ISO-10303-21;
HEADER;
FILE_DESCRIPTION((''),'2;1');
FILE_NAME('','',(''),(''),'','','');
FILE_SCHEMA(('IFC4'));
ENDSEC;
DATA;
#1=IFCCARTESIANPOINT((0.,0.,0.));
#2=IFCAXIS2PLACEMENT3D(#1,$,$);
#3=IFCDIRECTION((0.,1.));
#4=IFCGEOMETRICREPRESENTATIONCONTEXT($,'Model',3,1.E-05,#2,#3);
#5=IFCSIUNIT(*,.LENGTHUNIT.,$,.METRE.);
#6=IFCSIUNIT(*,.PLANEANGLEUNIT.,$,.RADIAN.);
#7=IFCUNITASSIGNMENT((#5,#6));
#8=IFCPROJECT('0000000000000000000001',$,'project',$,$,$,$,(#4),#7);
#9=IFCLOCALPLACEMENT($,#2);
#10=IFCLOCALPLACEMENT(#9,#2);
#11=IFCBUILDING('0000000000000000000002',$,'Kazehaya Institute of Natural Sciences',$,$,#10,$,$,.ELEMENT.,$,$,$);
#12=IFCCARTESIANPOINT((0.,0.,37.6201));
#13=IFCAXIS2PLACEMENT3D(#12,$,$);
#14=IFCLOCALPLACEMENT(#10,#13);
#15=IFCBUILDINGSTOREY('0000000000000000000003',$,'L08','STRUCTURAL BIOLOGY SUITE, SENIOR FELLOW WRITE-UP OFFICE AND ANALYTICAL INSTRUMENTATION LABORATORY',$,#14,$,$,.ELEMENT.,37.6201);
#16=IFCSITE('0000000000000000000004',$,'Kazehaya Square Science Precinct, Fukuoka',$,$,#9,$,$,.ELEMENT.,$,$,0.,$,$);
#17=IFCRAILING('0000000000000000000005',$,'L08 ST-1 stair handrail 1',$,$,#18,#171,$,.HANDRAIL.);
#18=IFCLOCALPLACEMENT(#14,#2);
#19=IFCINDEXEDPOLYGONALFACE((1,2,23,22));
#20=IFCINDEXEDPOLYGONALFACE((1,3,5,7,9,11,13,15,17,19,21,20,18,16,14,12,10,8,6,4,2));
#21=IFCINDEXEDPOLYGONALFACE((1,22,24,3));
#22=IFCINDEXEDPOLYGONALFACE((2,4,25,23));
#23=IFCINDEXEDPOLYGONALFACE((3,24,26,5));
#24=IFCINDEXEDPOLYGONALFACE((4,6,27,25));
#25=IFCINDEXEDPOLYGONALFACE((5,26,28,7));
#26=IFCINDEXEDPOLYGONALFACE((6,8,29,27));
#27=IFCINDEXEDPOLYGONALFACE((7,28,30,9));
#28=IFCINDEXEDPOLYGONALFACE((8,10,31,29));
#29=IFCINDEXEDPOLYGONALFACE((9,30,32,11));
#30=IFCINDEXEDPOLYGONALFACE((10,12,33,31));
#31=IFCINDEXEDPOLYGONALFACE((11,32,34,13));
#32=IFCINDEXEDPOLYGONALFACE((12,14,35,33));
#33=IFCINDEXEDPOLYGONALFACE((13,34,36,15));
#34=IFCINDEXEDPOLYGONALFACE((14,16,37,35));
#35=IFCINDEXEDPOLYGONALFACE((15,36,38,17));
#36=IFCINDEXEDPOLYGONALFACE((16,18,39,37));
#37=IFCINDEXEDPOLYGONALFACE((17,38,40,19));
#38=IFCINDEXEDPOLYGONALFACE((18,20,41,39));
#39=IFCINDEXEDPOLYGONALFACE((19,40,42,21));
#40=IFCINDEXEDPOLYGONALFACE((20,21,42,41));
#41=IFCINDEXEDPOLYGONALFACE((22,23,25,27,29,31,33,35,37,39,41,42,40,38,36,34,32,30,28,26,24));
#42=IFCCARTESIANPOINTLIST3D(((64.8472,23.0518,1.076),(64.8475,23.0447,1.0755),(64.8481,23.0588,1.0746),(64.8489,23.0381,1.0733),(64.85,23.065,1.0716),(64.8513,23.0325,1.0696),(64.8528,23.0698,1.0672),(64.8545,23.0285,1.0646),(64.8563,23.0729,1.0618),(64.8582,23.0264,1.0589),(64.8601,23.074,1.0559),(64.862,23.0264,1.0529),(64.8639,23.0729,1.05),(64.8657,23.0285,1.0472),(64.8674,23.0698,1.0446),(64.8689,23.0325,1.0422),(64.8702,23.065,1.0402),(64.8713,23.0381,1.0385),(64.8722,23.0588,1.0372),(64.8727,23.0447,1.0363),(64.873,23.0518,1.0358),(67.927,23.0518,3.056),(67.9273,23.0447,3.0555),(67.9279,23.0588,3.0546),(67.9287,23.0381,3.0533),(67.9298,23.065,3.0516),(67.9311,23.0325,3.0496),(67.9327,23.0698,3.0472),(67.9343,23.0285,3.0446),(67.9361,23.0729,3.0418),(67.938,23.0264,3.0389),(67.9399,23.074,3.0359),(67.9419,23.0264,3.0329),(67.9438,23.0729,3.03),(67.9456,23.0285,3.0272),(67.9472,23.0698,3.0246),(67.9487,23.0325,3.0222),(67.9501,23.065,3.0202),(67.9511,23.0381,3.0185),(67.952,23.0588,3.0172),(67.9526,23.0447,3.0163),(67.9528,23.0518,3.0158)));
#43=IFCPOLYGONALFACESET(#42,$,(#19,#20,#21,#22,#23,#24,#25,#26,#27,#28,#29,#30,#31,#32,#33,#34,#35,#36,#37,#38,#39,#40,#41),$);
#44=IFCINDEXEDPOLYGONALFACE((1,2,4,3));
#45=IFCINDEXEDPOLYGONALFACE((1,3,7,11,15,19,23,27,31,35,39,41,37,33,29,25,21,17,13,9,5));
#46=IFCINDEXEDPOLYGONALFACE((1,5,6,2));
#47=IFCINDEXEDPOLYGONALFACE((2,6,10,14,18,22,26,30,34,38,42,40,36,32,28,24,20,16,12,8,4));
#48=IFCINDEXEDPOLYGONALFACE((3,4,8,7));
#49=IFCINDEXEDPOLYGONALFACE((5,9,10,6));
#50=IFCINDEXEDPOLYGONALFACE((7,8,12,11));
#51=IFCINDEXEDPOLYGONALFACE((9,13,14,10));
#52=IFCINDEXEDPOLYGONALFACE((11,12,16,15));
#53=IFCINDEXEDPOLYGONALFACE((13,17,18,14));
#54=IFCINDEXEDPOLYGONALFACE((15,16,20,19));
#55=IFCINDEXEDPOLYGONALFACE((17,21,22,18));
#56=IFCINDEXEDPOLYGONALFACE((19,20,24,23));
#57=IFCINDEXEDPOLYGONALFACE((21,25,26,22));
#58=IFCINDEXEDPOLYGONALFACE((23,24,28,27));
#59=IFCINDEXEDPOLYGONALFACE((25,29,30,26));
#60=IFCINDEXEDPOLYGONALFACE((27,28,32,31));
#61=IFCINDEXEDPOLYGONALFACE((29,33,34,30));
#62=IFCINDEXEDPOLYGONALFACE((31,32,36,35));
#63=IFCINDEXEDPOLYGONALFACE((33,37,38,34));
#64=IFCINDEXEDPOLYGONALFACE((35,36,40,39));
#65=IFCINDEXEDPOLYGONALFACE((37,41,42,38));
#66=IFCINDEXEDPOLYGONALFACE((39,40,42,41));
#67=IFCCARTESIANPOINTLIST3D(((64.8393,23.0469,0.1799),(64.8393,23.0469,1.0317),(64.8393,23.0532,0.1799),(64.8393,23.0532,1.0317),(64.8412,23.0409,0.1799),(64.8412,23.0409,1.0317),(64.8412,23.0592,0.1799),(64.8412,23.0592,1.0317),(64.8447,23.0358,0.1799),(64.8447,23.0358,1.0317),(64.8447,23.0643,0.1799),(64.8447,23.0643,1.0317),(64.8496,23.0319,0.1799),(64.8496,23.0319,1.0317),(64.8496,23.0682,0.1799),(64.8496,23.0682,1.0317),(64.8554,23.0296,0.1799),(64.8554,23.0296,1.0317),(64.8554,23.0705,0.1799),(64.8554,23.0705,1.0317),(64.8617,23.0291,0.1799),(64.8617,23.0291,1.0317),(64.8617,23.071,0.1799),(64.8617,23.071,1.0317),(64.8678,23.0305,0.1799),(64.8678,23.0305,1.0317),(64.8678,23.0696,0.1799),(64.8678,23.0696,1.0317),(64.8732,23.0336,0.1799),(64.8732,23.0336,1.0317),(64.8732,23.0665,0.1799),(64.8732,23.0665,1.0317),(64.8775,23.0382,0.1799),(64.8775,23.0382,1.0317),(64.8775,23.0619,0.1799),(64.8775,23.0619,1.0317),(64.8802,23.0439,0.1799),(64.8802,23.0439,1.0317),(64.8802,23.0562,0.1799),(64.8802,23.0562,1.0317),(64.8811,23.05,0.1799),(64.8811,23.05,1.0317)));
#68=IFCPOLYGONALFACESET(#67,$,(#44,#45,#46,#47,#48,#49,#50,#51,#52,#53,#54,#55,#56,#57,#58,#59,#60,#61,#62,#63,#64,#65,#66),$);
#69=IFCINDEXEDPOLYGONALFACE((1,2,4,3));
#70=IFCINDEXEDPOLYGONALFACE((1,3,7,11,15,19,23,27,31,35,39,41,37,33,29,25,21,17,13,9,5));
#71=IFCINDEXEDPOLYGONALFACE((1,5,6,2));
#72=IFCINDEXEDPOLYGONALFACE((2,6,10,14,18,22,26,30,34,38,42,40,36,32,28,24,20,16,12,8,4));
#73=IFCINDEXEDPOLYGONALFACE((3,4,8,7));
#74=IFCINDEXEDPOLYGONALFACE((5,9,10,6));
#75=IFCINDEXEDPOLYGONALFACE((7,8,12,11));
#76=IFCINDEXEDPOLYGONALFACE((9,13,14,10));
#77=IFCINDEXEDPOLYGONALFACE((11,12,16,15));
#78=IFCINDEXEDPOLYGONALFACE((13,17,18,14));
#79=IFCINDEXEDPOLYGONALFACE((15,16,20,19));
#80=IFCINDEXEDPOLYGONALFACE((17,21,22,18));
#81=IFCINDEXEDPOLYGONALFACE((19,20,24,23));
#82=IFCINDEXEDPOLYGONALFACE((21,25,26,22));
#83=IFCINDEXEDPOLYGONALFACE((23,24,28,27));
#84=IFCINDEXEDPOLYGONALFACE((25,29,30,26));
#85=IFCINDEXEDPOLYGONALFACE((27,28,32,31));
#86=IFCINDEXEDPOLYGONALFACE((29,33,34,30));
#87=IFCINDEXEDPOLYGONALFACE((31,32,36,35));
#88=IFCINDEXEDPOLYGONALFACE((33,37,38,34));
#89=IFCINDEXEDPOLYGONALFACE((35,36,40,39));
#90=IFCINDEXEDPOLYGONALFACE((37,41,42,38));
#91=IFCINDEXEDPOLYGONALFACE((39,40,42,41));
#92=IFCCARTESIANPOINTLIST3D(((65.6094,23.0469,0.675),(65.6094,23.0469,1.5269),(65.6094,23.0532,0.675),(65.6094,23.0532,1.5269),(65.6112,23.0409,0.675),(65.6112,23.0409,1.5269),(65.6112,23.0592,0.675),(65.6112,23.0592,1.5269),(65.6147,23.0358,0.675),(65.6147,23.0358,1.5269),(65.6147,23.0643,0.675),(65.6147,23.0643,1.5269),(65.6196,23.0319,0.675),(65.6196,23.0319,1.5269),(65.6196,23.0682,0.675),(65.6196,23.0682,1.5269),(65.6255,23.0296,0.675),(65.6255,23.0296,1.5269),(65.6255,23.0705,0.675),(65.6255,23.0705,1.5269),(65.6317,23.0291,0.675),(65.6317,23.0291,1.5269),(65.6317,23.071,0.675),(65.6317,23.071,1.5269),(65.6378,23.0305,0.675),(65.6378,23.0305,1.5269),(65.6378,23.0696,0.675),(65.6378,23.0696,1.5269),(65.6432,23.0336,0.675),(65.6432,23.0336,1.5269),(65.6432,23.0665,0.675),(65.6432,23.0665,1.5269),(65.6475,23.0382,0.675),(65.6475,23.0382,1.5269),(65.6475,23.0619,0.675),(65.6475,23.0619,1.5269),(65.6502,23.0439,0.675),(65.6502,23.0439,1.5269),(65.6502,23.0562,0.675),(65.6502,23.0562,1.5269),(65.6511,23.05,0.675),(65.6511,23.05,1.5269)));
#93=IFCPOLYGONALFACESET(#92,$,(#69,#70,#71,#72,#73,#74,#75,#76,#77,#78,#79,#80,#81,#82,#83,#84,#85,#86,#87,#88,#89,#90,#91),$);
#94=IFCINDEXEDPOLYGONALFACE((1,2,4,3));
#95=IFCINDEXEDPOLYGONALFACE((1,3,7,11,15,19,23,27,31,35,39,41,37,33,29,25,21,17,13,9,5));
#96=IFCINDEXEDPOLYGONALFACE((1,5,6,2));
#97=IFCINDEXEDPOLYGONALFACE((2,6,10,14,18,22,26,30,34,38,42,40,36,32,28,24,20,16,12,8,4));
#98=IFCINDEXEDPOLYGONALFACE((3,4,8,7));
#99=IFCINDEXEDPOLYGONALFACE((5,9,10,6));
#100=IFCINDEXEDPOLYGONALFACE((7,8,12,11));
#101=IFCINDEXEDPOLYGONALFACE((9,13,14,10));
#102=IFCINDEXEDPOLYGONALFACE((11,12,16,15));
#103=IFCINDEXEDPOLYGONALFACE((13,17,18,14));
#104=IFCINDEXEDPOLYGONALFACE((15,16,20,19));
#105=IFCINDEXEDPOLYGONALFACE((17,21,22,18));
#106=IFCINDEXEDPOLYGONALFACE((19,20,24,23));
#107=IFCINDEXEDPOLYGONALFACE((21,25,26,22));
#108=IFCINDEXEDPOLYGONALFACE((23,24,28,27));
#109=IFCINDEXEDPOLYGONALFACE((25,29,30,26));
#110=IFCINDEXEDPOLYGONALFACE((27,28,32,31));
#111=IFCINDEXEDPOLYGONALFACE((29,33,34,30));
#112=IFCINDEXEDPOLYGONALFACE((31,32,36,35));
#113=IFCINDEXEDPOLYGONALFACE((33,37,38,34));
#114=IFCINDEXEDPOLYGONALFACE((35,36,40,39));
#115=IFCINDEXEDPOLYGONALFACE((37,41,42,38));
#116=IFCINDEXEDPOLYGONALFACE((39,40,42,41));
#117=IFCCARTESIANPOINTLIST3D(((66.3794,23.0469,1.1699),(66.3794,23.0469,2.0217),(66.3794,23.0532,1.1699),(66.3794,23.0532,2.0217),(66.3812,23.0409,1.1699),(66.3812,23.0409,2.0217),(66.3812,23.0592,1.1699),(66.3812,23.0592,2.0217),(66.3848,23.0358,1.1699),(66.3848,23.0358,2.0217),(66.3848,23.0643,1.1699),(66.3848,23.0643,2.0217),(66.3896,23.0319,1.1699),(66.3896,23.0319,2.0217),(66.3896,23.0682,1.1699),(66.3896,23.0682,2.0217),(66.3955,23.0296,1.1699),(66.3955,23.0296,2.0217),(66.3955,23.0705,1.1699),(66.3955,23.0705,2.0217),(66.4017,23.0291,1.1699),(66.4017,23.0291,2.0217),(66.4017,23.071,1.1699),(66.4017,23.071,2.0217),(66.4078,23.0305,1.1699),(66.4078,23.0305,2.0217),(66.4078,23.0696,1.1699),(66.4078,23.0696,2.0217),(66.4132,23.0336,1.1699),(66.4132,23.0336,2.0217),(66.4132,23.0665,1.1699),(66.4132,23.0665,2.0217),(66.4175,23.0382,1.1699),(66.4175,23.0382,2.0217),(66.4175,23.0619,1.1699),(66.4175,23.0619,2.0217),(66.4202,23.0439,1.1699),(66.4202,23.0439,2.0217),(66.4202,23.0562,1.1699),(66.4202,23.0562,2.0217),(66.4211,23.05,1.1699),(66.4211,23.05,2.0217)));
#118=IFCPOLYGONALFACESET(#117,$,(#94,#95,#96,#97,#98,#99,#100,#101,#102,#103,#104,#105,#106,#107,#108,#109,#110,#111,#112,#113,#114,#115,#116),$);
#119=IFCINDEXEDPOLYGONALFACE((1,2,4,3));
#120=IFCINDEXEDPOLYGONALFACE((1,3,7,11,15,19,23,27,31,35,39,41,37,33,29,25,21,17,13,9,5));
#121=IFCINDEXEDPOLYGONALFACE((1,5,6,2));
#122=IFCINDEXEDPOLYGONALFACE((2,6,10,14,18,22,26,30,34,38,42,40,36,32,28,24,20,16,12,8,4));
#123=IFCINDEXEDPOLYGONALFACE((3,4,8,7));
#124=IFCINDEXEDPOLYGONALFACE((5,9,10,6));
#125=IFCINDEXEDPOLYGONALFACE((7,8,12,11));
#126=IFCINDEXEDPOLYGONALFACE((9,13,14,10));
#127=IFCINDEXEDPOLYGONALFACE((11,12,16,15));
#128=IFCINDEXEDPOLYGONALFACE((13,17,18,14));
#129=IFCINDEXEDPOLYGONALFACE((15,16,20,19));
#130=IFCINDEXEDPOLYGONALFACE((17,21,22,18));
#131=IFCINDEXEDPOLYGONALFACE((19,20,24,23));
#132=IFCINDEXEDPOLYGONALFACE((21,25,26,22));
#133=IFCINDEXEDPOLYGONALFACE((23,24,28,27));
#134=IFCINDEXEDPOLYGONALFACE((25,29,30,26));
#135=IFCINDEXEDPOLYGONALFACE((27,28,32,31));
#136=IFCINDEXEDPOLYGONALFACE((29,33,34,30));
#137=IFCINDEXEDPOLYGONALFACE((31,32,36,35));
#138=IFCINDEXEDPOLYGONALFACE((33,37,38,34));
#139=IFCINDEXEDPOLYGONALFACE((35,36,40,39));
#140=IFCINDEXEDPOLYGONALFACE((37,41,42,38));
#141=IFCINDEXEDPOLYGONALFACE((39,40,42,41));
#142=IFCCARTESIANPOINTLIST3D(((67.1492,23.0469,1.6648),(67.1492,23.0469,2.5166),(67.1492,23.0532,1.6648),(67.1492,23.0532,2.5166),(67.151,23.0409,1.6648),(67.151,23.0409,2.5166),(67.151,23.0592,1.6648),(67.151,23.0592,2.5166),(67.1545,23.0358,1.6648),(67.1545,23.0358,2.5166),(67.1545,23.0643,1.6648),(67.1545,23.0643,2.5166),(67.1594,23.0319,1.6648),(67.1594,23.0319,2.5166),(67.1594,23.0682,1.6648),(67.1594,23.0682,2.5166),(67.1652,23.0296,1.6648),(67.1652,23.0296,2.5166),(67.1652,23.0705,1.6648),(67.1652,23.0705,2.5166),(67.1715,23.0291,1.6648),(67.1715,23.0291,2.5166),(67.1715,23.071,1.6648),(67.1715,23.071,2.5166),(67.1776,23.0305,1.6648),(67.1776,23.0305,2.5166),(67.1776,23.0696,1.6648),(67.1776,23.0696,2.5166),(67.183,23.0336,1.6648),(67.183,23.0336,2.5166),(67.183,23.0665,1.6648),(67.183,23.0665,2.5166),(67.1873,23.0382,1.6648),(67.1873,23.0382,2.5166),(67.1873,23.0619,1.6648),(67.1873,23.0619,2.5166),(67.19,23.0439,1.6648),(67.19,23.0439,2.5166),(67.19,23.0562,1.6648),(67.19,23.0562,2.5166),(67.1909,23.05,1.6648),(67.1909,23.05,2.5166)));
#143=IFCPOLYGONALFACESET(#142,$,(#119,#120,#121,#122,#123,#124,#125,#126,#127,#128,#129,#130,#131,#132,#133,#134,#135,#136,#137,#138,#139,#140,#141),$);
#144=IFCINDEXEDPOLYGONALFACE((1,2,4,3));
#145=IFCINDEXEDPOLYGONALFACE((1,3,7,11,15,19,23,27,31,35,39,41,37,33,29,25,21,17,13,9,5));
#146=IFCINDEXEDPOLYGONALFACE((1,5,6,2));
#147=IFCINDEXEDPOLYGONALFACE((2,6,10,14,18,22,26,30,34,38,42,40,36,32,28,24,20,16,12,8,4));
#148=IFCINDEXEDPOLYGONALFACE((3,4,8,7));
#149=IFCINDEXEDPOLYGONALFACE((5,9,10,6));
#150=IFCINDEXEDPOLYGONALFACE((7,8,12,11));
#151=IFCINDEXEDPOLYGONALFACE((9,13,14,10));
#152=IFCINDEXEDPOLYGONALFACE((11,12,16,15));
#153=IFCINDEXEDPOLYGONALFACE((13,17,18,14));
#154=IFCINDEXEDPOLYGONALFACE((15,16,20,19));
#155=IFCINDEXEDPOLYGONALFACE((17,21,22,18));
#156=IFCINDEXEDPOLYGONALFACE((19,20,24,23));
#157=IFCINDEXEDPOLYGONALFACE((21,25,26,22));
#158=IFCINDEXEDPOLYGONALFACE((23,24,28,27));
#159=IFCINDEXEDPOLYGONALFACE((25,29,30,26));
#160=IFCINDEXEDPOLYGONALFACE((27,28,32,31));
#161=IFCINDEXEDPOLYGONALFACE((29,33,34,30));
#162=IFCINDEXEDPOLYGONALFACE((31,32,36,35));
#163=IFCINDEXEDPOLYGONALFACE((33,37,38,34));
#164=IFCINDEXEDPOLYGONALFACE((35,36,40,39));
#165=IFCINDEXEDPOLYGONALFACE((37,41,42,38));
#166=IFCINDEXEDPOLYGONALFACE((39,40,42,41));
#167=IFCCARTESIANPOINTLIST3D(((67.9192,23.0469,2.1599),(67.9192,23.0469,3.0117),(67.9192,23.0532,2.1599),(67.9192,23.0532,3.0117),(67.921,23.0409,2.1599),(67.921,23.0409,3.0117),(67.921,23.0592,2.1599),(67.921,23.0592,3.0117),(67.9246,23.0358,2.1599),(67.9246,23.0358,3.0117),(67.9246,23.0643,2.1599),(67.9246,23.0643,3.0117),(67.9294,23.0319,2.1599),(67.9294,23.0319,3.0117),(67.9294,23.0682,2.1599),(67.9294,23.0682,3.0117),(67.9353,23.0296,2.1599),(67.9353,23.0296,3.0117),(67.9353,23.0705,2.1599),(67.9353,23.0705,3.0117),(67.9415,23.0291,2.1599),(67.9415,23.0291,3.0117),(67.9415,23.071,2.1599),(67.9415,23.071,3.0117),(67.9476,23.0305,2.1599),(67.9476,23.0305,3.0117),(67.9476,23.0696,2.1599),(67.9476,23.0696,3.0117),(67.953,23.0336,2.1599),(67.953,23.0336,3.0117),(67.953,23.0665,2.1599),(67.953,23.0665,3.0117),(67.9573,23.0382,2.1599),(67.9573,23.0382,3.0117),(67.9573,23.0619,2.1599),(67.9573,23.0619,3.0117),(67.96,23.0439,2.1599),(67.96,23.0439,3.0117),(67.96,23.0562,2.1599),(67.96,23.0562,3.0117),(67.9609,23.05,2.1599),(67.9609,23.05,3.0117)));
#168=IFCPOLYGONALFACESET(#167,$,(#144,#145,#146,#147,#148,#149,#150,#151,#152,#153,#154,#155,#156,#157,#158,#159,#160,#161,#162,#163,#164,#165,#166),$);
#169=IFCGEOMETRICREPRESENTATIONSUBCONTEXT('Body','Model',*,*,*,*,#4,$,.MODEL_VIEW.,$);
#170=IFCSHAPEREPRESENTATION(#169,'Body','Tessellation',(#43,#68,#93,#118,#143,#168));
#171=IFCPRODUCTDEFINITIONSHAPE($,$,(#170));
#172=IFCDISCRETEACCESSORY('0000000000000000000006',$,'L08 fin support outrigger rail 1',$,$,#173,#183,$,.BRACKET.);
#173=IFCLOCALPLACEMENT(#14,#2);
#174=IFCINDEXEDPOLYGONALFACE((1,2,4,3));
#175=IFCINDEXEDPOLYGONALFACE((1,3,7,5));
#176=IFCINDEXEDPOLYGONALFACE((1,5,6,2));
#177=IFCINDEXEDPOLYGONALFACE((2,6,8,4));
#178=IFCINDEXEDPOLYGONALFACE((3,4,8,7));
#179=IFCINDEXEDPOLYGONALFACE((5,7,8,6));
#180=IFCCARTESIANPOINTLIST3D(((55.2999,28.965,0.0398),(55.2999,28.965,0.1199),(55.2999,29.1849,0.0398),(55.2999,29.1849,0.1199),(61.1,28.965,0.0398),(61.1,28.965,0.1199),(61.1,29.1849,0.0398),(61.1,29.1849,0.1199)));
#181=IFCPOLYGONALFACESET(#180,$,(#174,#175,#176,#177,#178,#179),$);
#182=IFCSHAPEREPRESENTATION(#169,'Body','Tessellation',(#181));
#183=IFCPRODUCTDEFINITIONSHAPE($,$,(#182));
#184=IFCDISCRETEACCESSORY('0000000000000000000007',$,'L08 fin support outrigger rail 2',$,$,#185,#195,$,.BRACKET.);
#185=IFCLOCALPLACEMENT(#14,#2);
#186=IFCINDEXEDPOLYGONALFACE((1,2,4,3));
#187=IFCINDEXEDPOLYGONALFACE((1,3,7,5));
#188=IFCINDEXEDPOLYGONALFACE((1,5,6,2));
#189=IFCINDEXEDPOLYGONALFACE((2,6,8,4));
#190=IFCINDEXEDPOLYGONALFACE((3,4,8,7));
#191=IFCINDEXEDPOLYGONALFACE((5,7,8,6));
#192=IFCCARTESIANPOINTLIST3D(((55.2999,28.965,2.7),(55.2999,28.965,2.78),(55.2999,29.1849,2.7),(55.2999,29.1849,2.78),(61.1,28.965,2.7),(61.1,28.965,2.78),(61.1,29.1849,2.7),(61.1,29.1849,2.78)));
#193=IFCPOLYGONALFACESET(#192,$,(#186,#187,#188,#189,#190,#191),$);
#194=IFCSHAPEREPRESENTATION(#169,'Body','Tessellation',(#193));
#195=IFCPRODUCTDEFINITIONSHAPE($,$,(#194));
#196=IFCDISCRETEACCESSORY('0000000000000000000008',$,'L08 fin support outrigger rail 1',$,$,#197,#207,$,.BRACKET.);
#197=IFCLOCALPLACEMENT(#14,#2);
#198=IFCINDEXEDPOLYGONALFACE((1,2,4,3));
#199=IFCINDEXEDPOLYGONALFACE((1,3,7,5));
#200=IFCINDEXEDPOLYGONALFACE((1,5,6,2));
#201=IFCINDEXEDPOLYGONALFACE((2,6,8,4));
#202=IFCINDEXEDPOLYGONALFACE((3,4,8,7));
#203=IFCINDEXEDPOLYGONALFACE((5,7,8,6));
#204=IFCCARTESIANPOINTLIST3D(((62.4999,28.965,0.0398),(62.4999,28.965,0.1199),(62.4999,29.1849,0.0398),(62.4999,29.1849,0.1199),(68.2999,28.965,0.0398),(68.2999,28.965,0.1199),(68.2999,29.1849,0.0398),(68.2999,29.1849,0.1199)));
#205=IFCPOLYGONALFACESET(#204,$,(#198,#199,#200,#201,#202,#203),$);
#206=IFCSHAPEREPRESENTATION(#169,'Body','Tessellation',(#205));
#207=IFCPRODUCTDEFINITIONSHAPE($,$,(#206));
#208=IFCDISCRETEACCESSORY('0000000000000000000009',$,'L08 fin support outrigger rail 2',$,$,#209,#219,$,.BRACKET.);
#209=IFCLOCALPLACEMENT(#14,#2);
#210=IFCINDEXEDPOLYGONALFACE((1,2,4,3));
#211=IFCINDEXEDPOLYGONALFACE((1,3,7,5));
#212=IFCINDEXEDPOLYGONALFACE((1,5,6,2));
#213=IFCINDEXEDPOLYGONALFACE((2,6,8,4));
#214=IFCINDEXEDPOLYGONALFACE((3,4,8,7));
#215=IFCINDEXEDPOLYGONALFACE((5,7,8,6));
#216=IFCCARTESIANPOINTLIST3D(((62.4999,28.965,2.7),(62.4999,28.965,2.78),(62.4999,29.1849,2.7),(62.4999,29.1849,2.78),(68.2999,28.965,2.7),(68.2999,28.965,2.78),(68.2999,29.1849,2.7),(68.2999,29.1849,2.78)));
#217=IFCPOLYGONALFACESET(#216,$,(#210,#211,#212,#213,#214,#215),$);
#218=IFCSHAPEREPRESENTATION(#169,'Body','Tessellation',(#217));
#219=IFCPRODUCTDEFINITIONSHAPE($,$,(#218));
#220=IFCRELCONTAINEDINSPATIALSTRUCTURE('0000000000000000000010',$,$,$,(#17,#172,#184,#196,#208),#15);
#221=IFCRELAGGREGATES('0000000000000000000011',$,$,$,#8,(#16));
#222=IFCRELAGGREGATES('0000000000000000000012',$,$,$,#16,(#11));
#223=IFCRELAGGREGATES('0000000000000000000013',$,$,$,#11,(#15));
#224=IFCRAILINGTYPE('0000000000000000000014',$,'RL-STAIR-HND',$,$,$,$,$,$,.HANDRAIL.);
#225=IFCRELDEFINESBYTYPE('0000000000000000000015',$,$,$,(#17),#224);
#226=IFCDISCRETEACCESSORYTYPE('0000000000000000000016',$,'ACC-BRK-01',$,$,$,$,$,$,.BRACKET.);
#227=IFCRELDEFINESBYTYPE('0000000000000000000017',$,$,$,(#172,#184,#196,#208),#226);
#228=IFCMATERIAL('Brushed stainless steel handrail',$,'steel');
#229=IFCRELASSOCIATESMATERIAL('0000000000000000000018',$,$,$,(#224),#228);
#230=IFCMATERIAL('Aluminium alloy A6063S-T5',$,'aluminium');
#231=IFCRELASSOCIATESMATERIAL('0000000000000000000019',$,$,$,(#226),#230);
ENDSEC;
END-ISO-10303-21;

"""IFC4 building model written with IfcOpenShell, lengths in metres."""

from ifc_helpers import new_model, si_unit, direction, frame, origin, origin_2d, place, context, subcontext, project, spatial, rectangle, circle, extrude, material, type_object, element, save


model = new_model("IFC4")

# Units and contexts
model_context = context("Model", 3, precision=1e-05, world=origin(), true_north=direction((0.0, 1.0)))
body_context = subcontext(model_context, "Body", "Model", "MODEL_VIEW")
ifc_project = project(units=[si_unit("LENGTHUNIT", "METRE"), si_unit("PLANEANGLEUNIT", "RADIAN")], contexts=[model_context])

# Site, building, storey
site_placement = place(None, origin())
site = spatial("IfcSite", under=ifc_project, at=site_placement, Name="Kazehaya Square Science Precinct, Fukuoka", CompositionType="ELEMENT", RefElevation=0.0)
building_placement = place(site_placement, origin())
building = spatial("IfcBuilding", under=site, at=building_placement, Name="Kazehaya Institute of Natural Sciences", CompositionType="ELEMENT")
storey_placement = place(building_placement, frame((0.0, 0.0, 37.6201)))
storey = spatial("IfcBuildingStorey", under=building, at=storey_placement, Name="L08", Description="STRUCTURAL BIOLOGY SUITE, SENIOR FELLOW WRITE-UP OFFICE AND ANALYTICAL INSTRUMENTATION LABORATORY", CompositionType="ELEMENT", Elevation=37.6201)

# Shared definitions
ifc_material_1 = material(Name="Aluminium alloy A6063S-T5", Category="aluminium")

# Railing
ifc_material_2 = material(Name="Brushed stainless steel handrail", Category="steel")
railing_type_1 = type_object("IfcRailingType", Name="RL-STAIR-HND", PredefinedType="HANDRAIL", material=ifc_material_2)
railing_1_placement = place(storey_placement, frame((64.8601, 23.05, 0.1799)))
element("IfcRailing", 1, at=railing_1_placement, inside=storey, type_object=railing_type_1, Name="L08 ST-1 stair handrail 1", PredefinedType="HANDRAIL", context=body_context, shape_type="SweptSolid", body=[
    extrude(circle(Radius=0.0239, at=origin_2d()), frame((0.0, 0.0, 0.876), z_axis=(0.841168, 0.0, 0.540774), x_axis=(0.0, 1.0, 0.0)), (0.0, 0.0, 1.0), 3.6614),
    extrude(circle(Radius=0.021, at=origin_2d()), origin(), (0.0, 0.0, 1.0), 0.8518),
    extrude(circle(Radius=0.021, at=origin_2d()), frame((0.77, 0.0, 0.4951)), (0.0, 0.0, 1.0), 0.8518),
    extrude(circle(Radius=0.021, at=origin_2d()), frame((1.54, 0.0, 0.99)), (0.0, 0.0, 1.0), 0.8518),
    extrude(circle(Radius=0.021, at=origin_2d()), frame((2.3098, 0.0, 1.4849)), (0.0, 0.0, 1.0), 0.8518),
    extrude(circle(Radius=0.021, at=origin_2d()), frame((3.0798, 0.0, 1.98)), (0.0, 0.0, 1.0), 0.8518),
])

# Discrete accessories
discrete_accessory_type = type_object("IfcDiscreteAccessoryType", Name="ACC-BRK-01", PredefinedType="BRACKET", material=ifc_material_1)
for number, where, z_axis, x_axis, name in (
    (2, (58.2, 29.075, 0.0398), (0.0, 0.0, 1.0), (1.0, 0.0, 0.0), "L08 fin support outrigger rail 1"),
    (3, (58.2, 29.075, 2.7), (0.0, 0.0, 1.0), (1.0, 0.0, 0.0), "L08 fin support outrigger rail 2"),
    (4, (65.3999, 29.075, 0.0398), (0.0, 0.0, 1.0), (1.0, 0.0, 0.0), "L08 fin support outrigger rail 1"),
    (5, (65.3999, 29.075, 2.7), (0.0, 0.0, 1.0), (1.0, 0.0, 0.0), "L08 fin support outrigger rail 2"),
):
    element("IfcDiscreteAccessory", number, at=place(storey_placement, frame(where, z_axis=z_axis, x_axis=x_axis)), inside=storey, type_object=discrete_accessory_type, Name=name, PredefinedType="BRACKET", context=body_context, shape_type="SweptSolid", body=[
        extrude(rectangle(XDim=5.8, YDim=0.22, at=origin_2d()), origin(), (0.0, 0.0, 1.0), 0.0801),
    ])

save(model, "model.ifc")
